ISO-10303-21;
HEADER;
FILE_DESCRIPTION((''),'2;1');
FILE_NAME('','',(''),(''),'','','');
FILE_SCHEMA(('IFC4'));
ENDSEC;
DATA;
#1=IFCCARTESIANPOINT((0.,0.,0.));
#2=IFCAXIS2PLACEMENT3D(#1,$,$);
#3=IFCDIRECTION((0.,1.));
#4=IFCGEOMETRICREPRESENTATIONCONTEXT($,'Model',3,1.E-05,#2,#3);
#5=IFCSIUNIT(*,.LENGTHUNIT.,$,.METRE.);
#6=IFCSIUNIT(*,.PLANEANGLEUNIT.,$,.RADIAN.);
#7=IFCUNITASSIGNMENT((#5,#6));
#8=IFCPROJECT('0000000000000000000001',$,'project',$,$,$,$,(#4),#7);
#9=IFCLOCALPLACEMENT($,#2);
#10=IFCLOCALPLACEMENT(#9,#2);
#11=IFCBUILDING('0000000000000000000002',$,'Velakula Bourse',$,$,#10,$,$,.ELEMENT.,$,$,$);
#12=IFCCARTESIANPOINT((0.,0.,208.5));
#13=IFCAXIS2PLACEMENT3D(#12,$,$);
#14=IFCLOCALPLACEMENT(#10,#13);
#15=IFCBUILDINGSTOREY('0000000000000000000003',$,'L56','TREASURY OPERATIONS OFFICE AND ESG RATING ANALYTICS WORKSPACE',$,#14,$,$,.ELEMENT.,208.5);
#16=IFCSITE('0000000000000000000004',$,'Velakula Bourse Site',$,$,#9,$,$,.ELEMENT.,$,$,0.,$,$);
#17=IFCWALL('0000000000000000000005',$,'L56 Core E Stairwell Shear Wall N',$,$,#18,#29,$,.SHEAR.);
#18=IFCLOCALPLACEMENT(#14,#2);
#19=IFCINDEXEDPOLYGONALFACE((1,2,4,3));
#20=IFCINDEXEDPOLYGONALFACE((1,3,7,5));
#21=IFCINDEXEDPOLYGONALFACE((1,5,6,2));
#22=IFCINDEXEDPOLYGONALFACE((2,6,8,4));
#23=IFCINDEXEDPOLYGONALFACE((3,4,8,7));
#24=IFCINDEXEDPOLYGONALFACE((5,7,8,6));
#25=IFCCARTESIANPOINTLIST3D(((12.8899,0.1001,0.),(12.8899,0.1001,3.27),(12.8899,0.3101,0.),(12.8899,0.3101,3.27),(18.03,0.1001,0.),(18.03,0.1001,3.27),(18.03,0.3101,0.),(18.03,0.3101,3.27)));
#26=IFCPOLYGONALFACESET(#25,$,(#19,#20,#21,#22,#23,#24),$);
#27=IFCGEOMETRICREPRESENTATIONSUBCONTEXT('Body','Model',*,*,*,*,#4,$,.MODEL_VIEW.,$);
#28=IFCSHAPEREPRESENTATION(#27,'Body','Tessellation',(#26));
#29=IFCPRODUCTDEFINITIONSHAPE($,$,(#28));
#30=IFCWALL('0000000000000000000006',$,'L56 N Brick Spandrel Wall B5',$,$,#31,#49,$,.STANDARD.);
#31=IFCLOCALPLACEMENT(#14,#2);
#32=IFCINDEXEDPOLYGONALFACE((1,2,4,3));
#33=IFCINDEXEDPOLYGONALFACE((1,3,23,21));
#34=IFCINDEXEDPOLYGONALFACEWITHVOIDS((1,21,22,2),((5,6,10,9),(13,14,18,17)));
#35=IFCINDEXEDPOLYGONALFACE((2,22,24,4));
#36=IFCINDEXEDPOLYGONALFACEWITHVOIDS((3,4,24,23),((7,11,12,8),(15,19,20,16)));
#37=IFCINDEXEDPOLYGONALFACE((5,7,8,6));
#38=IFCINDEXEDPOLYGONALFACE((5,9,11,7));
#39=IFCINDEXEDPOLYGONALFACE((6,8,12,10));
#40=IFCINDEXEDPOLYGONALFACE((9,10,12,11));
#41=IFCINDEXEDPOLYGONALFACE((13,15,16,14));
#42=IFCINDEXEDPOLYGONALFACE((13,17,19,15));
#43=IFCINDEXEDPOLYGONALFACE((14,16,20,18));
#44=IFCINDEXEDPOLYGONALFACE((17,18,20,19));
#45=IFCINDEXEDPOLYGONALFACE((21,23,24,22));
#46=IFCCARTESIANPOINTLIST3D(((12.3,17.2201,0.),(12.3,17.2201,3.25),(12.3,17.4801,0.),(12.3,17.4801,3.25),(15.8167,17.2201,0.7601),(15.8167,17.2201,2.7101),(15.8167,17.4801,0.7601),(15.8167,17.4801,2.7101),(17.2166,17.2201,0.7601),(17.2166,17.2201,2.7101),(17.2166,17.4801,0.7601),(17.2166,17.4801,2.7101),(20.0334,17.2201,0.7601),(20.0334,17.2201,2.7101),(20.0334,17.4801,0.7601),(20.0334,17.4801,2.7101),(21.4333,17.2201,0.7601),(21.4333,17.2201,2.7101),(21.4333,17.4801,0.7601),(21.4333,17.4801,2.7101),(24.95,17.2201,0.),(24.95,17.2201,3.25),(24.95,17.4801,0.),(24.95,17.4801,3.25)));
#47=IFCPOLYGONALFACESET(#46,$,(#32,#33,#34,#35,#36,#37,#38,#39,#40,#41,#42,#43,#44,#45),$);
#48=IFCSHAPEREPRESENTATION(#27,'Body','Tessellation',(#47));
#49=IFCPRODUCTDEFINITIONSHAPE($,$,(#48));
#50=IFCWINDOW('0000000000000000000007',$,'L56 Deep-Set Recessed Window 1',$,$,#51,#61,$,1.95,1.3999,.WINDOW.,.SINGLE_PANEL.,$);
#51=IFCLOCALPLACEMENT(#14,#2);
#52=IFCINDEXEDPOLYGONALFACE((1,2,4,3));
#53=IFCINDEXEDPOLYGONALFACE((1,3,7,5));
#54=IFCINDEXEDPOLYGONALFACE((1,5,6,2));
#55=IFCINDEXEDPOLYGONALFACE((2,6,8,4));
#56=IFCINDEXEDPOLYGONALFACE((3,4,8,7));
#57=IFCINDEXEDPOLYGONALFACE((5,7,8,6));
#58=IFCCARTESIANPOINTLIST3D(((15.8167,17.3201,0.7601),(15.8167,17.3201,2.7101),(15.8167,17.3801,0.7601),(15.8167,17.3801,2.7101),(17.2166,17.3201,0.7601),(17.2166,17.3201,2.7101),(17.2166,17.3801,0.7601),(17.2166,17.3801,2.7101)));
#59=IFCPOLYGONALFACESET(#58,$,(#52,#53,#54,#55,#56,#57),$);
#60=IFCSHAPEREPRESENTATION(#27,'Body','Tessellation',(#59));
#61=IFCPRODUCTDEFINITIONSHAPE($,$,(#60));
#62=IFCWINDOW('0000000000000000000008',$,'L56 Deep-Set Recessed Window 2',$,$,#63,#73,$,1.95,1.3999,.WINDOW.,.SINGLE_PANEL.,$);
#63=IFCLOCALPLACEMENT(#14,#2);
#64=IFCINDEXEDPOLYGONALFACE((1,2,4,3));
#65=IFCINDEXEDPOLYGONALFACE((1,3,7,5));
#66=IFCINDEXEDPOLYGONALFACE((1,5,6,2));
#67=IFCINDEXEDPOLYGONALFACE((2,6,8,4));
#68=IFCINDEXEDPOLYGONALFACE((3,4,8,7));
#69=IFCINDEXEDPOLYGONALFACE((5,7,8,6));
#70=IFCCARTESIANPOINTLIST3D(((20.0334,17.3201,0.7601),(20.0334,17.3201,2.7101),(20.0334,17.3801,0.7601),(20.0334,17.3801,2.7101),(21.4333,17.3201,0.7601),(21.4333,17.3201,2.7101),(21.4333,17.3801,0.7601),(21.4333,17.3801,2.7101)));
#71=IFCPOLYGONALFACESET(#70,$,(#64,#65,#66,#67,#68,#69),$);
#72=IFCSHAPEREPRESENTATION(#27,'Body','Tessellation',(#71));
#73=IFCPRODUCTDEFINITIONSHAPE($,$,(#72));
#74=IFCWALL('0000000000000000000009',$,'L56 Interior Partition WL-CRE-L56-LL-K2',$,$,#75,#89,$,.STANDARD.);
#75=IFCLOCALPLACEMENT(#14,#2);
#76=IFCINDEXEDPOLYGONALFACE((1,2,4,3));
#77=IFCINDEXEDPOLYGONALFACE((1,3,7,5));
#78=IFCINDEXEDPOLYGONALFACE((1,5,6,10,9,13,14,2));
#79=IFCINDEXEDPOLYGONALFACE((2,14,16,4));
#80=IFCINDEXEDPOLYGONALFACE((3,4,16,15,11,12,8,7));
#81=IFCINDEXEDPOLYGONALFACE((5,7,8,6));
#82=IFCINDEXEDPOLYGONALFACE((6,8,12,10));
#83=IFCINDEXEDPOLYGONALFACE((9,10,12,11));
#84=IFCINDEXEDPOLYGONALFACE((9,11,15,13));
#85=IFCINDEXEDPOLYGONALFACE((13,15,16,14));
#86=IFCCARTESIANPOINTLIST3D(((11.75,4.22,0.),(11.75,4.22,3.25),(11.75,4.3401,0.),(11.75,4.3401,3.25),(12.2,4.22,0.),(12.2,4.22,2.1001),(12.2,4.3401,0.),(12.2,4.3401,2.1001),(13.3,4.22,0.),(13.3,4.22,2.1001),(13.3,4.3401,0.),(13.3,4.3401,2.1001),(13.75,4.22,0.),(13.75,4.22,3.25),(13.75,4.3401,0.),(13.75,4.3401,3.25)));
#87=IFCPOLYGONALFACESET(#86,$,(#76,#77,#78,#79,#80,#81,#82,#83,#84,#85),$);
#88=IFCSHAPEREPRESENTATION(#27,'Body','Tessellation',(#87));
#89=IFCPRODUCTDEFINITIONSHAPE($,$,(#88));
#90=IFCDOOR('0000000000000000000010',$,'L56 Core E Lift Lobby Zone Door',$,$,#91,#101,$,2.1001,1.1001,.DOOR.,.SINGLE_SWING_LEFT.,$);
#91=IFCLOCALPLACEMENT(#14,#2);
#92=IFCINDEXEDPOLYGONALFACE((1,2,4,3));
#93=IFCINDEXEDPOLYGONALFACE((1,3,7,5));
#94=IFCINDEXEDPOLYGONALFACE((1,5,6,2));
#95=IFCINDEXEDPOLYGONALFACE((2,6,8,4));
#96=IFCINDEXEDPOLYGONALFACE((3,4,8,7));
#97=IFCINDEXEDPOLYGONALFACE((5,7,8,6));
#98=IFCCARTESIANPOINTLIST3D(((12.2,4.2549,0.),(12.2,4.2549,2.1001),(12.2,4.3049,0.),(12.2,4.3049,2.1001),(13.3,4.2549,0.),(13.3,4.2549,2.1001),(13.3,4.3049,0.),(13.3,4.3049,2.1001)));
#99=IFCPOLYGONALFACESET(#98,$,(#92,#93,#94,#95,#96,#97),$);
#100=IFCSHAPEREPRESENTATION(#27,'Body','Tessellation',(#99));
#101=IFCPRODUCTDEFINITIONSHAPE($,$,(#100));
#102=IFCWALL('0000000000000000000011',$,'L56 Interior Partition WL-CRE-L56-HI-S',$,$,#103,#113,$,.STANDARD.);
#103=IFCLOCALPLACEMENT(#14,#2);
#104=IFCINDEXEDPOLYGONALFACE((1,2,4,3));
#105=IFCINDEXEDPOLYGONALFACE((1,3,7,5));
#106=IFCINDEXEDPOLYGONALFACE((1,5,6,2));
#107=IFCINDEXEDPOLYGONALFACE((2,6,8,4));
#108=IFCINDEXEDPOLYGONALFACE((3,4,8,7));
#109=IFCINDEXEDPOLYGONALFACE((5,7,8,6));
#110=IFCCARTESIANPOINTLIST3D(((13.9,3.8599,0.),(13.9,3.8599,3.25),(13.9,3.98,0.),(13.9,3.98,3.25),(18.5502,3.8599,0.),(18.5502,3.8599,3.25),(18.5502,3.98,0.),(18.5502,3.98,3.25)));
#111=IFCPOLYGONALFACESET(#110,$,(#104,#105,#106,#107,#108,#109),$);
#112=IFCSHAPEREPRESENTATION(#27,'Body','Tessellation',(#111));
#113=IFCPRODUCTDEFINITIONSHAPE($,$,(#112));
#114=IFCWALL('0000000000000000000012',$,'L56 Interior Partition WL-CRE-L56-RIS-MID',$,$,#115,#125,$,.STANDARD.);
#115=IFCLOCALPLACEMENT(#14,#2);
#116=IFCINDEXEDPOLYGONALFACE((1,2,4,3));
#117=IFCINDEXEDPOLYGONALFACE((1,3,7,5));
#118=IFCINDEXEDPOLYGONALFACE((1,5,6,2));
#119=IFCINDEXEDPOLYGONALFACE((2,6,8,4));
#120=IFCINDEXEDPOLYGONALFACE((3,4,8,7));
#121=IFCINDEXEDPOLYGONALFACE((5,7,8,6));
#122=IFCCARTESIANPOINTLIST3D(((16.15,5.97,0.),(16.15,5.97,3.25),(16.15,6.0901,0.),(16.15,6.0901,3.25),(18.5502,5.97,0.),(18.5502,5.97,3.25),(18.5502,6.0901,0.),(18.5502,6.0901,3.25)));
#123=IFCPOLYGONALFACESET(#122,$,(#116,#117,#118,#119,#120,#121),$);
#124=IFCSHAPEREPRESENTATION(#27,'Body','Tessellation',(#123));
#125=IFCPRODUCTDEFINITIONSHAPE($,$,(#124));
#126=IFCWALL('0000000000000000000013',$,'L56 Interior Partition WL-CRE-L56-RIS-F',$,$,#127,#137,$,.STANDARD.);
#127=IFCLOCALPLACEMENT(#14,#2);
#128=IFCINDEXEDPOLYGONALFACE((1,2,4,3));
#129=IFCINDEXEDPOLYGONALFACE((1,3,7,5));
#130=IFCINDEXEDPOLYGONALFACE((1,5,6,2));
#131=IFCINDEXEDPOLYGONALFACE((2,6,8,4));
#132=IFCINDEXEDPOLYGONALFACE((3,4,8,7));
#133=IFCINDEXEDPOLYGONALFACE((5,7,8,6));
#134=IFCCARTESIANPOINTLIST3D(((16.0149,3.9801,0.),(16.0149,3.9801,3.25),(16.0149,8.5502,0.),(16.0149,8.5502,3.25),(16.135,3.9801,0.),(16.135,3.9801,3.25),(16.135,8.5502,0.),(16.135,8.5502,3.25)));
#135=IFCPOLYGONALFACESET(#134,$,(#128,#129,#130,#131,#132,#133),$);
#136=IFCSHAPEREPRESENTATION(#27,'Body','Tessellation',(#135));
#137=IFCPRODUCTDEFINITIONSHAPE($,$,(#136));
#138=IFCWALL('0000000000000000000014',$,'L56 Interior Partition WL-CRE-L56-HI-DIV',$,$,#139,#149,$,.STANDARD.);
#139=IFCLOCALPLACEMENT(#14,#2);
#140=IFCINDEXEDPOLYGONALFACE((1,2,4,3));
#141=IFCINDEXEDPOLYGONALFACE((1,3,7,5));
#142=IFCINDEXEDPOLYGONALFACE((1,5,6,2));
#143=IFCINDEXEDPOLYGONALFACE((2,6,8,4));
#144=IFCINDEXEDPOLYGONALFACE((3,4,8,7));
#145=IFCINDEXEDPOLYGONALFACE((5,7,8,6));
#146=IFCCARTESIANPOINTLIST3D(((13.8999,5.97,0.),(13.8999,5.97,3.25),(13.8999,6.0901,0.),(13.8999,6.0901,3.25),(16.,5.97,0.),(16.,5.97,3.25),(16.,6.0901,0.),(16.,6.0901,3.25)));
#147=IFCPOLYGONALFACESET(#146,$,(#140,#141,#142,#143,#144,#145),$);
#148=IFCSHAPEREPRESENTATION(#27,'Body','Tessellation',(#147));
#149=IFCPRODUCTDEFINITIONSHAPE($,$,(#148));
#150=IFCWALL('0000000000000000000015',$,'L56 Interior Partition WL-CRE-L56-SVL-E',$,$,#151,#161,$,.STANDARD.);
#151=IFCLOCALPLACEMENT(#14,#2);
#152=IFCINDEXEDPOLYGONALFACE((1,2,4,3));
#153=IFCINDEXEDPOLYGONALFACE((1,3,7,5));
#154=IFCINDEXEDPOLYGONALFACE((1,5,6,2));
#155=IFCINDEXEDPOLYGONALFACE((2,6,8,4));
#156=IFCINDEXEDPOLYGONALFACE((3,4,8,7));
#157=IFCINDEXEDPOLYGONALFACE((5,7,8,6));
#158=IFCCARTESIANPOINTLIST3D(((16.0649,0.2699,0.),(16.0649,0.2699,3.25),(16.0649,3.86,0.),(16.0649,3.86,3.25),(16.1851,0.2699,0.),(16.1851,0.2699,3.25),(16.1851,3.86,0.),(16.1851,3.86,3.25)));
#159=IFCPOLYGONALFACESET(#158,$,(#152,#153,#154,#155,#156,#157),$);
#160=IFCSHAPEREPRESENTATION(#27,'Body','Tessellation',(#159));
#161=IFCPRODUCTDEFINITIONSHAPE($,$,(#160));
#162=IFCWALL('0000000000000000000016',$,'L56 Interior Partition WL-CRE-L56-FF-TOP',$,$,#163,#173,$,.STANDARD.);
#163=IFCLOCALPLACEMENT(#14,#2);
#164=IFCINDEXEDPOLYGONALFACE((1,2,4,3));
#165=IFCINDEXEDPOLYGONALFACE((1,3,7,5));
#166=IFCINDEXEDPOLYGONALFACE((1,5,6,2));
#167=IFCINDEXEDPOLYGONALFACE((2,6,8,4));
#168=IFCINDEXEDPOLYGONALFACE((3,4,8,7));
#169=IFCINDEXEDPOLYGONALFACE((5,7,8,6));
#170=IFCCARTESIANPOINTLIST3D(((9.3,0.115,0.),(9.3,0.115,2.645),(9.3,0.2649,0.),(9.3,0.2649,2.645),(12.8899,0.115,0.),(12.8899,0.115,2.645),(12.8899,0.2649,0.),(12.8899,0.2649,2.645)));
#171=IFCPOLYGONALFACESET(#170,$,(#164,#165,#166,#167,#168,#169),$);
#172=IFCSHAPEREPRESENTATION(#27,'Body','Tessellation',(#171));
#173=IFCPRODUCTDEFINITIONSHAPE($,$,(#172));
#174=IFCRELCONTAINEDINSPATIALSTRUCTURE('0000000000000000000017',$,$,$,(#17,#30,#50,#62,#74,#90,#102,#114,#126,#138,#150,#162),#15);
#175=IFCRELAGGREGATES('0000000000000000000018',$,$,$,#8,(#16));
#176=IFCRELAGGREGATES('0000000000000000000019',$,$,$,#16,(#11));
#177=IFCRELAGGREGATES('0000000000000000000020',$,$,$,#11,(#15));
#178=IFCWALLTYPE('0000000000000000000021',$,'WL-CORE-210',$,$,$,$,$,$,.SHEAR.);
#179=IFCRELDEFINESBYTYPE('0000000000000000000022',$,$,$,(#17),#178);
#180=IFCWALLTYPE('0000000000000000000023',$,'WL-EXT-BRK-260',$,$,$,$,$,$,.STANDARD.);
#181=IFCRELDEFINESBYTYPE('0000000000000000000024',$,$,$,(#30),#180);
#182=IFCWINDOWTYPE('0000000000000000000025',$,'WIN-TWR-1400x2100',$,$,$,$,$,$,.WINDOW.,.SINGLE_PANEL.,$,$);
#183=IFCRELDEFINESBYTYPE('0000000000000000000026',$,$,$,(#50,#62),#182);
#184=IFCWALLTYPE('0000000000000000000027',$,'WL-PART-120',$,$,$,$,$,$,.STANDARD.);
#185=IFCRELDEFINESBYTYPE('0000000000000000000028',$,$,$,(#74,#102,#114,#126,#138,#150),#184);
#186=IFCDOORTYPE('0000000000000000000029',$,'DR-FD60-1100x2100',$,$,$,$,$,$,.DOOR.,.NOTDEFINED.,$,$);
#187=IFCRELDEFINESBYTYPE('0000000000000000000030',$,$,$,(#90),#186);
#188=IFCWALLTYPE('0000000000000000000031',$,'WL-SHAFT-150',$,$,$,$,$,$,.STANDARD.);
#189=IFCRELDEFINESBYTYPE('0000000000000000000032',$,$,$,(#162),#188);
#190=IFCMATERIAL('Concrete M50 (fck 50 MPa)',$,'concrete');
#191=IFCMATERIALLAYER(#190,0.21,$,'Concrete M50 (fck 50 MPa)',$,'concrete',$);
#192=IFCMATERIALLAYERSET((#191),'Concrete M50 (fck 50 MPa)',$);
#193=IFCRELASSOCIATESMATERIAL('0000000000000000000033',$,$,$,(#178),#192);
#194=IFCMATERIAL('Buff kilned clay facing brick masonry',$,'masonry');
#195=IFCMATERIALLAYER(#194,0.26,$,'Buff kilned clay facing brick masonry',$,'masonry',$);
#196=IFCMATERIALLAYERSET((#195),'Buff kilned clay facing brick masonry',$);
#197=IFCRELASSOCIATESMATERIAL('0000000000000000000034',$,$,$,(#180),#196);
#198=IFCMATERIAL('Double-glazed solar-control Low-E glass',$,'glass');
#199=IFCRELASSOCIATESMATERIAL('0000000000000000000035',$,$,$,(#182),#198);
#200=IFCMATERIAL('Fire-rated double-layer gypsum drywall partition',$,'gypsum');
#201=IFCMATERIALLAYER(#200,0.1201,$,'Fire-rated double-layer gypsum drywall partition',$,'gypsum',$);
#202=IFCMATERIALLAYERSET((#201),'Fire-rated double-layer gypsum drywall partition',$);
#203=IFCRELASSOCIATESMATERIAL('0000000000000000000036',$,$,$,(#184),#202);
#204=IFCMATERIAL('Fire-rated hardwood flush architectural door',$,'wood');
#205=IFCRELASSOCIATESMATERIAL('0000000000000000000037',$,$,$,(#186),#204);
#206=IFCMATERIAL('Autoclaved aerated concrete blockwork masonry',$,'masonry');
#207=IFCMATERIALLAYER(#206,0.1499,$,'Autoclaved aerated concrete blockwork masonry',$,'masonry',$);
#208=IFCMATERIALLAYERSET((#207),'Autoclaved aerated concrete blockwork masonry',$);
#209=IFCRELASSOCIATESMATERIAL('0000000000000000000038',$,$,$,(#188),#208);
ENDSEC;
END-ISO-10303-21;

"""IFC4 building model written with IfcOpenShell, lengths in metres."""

from ifc_helpers import new_model, si_unit, direction, frame, frame_2d, origin, place, context, subcontext, project, spatial, rectangle, extrude, material, layer, layer_set, type_object, element, fill, save


model = new_model("IFC4")

# Units and contexts
model_context = context("Model", 3, precision=1e-05, world=origin(), true_north=direction((0.0, 1.0)))
body_context = subcontext(model_context, "Body", "Model", "MODEL_VIEW")
ifc_project = project(units=[si_unit("LENGTHUNIT", "METRE"), si_unit("PLANEANGLEUNIT", "RADIAN")], contexts=[model_context])

# Site, building, storey
site_placement = place(None, origin())
site = spatial("IfcSite", under=ifc_project, at=site_placement, Name="Velakula Bourse Site", CompositionType="ELEMENT", RefElevation=0.0)
building_placement = place(site_placement, origin())
building = spatial("IfcBuilding", under=site, at=building_placement, Name="Velakula Bourse", CompositionType="ELEMENT")
storey_placement = place(building_placement, frame((0.0, 0.0, 208.5)))
storey = spatial("IfcBuildingStorey", under=building, at=storey_placement, Name="L56", Description="TREASURY OPERATIONS OFFICE AND ESG RATING ANALYTICS WORKSPACE", CompositionType="ELEMENT", Elevation=208.5)

# Shared definitions
ifc_material_1 = material(Name="Concrete M50 (fck 50 MPa)", Category="concrete")

# Wall
ifc_layer_1 = layer(ifc_material_1, 0.21, Name="Concrete M50 (fck 50 MPa)", Category="concrete")
ifc_layer_set_1 = layer_set([ifc_layer_1], Name="Concrete M50 (fck 50 MPa)")
wall_type_1 = type_object("IfcWallType", Name="WL-CORE-210", PredefinedType="SHEAR", material=ifc_layer_set_1)
wall_1_placement = place(storey_placement, frame((18.03, 0.2051, 0.0), z_axis=(0.0, 0.0, 1.0), x_axis=(-1.0, 0.0, 0.0)))
element("IfcWall", 1, at=wall_1_placement, inside=storey, type_object=wall_type_1, Name="L56 Core E Stairwell Shear Wall N", PredefinedType="SHEAR", context=body_context, shape_type="SweptSolid", body=[
    extrude(rectangle(XDim=5.1401, YDim=0.21, at=frame_2d((2.5701, 0.0))), origin(), (0.0, 0.0, 1.0), 3.27),
])

# Wall, openings, windows
ifc_material_2 = material(Name="Buff kilned clay facing brick masonry", Category="masonry")
ifc_layer_2 = layer(ifc_material_2, 0.26, Name="Buff kilned clay facing brick masonry", Category="masonry")
ifc_layer_set_2 = layer_set([ifc_layer_2], Name="Buff kilned clay facing brick masonry")
wall_type_2 = type_object("IfcWallType", Name="WL-EXT-BRK-260", PredefinedType="STANDARD", material=ifc_layer_set_2)
wall_2_placement = place(storey_placement, frame((12.3, 17.3501, 0.0), z_axis=(0.0, 0.0, 1.0), x_axis=(1.0, 0.0, 0.0)))
wall_2 = element("IfcWall", 2, at=wall_2_placement, inside=storey, type_object=wall_type_2, Name="L56 N Brick Spandrel Wall B5", PredefinedType="STANDARD", context=body_context, shape_type="SweptSolid", body=[
    extrude(rectangle(XDim=12.6499, YDim=0.26, at=frame_2d((6.325, 0.0))), origin(), (0.0, 0.0, 1.0), 3.25),
])
opening_1_placement = place(wall_2_placement, frame((3.5166, 0.0, 0.76)))
opening_1 = element("IfcOpeningElement", 3, at=opening_1_placement, cuts=wall_2, PredefinedType="OPENING", context=body_context, shape_type="SweptSolid", body=[
    extrude(rectangle(XDim=1.3999, YDim=1.95, at=frame_2d((0.7, 0.9751))), frame((0.0, 0.1399, 0.0), z_axis=(0.0, -1.0, 0.0), x_axis=(1.0, 0.0, 0.0)), (0.0, 0.0, 1.0), 0.28),
])
opening_2_placement = place(wall_2_placement, frame((7.7334, 0.0, 0.76)))
opening_2 = element("IfcOpeningElement", 4, at=opening_2_placement, cuts=wall_2, PredefinedType="OPENING", context=body_context, shape_type="SweptSolid", body=[
    extrude(rectangle(XDim=1.3999, YDim=1.95, at=frame_2d((0.7, 0.9751))), frame((0.0, 0.1399, 0.0), z_axis=(0.0, -1.0, 0.0), x_axis=(1.0, 0.0, 0.0)), (0.0, 0.0, 1.0), 0.28),
])
ifc_material_3 = material(Name="Double-glazed solar-control Low-E glass", Category="glass")
window_type = type_object("IfcWindowType", Name="WIN-TWR-1400x2100", PartitioningType="SINGLE_PANEL", PredefinedType="WINDOW", material=ifc_material_3)
window_1_placement = place(opening_1_placement, origin())
window_1 = element("IfcWindow", 5, at=window_1_placement, inside=storey, type_object=window_type, Name="L56 Deep-Set Recessed Window 1", OverallHeight=1.95, OverallWidth=1.3999, PartitioningType="SINGLE_PANEL", PredefinedType="WINDOW", context=body_context, shape_type="SweptSolid", body=[
    extrude(rectangle(XDim=1.3999, YDim=1.95, at=frame_2d((0.7, 0.9751))), frame((0.0, 0.03, 0.0), z_axis=(0.0, -1.0, 0.0), x_axis=(1.0, 0.0, 0.0)), (0.0, 0.0, 1.0), 0.0601),
])
fill(opening_1, window_1)
window_2_placement = place(opening_2_placement, origin())
window_2 = element("IfcWindow", 6, at=window_2_placement, inside=storey, type_object=window_type, Name="L56 Deep-Set Recessed Window 2", OverallHeight=1.95, OverallWidth=1.3999, PartitioningType="SINGLE_PANEL", PredefinedType="WINDOW", context=body_context, shape_type="SweptSolid", body=[
    extrude(rectangle(XDim=1.3999, YDim=1.95, at=frame_2d((0.7, 0.9751))), frame((0.0, 0.03, 0.0), z_axis=(0.0, -1.0, 0.0), x_axis=(1.0, 0.0, 0.0)), (0.0, 0.0, 1.0), 0.0601),
])
fill(opening_2, window_2)

# Wall, opening, door
ifc_material_4 = material(Name="Fire-rated double-layer gypsum drywall partition", Category="gypsum")
ifc_layer_3 = layer(ifc_material_4, 0.1201, Name="Fire-rated double-layer gypsum drywall partition", Category="gypsum")
ifc_layer_set_3 = layer_set([ifc_layer_3], Name="Fire-rated double-layer gypsum drywall partition")
wall_type_3 = type_object("IfcWallType", Name="WL-PART-120", PredefinedType="STANDARD", material=ifc_layer_set_3)
wall_3_placement = place(storey_placement, frame((11.75, 4.28, 0.0), z_axis=(0.0, 0.0, 1.0), x_axis=(1.0, 0.0, 0.0)))
wall_3 = element("IfcWall", 7, at=wall_3_placement, inside=storey, type_object=wall_type_3, Name="L56 Interior Partition WL-CRE-L56-LL-K2", PredefinedType="STANDARD", context=body_context, shape_type="SweptSolid", body=[
    extrude(rectangle(XDim=2.0, YDim=0.1201, at=frame_2d((1.0, 0.0))), origin(), (0.0, 0.0, 1.0), 3.25),
])
opening_3_placement = place(wall_3_placement, frame((0.45, 0.0, 0.0)))
opening_3 = element("IfcOpeningElement", 8, at=opening_3_placement, cuts=wall_3, PredefinedType="OPENING", context=body_context, shape_type="SweptSolid", body=[
    extrude(rectangle(XDim=1.1001, YDim=2.1001, at=frame_2d((0.55, 1.05))), frame((0.0, 0.0701, 0.0), z_axis=(0.0, -1.0, 0.0), x_axis=(1.0, 0.0, 0.0)), (0.0, 0.0, 1.0), 0.1401),
])
ifc_material_5 = material(Name="Fire-rated hardwood flush architectural door", Category="wood")
door_type_1 = type_object("IfcDoorType", Name="DR-FD60-1100x2100", OperationType="NOTDEFINED", PredefinedType="DOOR", material=ifc_material_5)
door_1_placement = place(opening_3_placement, origin())
door_1 = element("IfcDoor", 9, at=door_1_placement, inside=storey, type_object=door_type_1, Name="L56 Core E Lift Lobby Zone Door", OperationType="SINGLE_SWING_LEFT", OverallHeight=2.1001, OverallWidth=1.1001, PredefinedType="DOOR", context=body_context, shape_type="SweptSolid", body=[
    extrude(rectangle(XDim=1.1001, YDim=2.1001, at=frame_2d((0.55, 1.05))), frame((0.0, 0.0249, 0.0), z_axis=(0.0, -1.0, 0.0), x_axis=(1.0, 0.0, 0.0)), (0.0, 0.0, 1.0), 0.05),
])
fill(opening_3, door_1)

# Walls
wall_4_placement = place(storey_placement, frame((13.8999, 3.9199, 0.0), z_axis=(0.0, 0.0, 1.0), x_axis=(1.0, 0.0, 0.0)))
element("IfcWall", 10, at=wall_4_placement, inside=storey, type_object=wall_type_3, Name="L56 Interior Partition WL-CRE-L56-HI-S", PredefinedType="STANDARD", context=body_context, shape_type="SweptSolid", body=[
    extrude(rectangle(XDim=4.6501, YDim=0.1201, at=frame_2d((2.3252, 0.0))), origin(), (0.0, 0.0, 1.0), 3.25),
])
wall_5_placement = place(storey_placement, frame((16.1499, 6.03, 0.0), z_axis=(0.0, 0.0, 1.0), x_axis=(1.0, 0.0, 0.0)))
element("IfcWall", 11, at=wall_5_placement, inside=storey, type_object=wall_type_3, Name="L56 Interior Partition WL-CRE-L56-RIS-MID", PredefinedType="STANDARD", context=body_context, shape_type="SweptSolid", body=[
    extrude(rectangle(XDim=2.4001, YDim=0.1201, at=frame_2d((1.2002, 0.0))), origin(), (0.0, 0.0, 1.0), 3.25),
])
wall_6_placement = place(storey_placement, frame((16.075, 3.98, 0.0), z_axis=(0.0, 0.0, 1.0), x_axis=(0.0, 1.0, 0.0)))
element("IfcWall", 12, at=wall_6_placement, inside=storey, type_object=wall_type_3, Name="L56 Interior Partition WL-CRE-L56-RIS-F", PredefinedType="STANDARD", context=body_context, shape_type="SweptSolid", body=[
    extrude(rectangle(XDim=4.5701, YDim=0.1201, at=frame_2d((2.2852, 0.0))), origin(), (0.0, 0.0, 1.0), 3.25),
])
wall_7_placement = place(storey_placement, frame((13.8999, 6.03, 0.0), z_axis=(0.0, 0.0, 1.0), x_axis=(1.0, 0.0, 0.0)))
element("IfcWall", 13, at=wall_7_placement, inside=storey, type_object=wall_type_3, Name="L56 Interior Partition WL-CRE-L56-HI-DIV", PredefinedType="STANDARD", context=body_context, shape_type="SweptSolid", body=[
    extrude(rectangle(XDim=2.1001, YDim=0.1201, at=frame_2d((1.05, 0.0))), origin(), (0.0, 0.0, 1.0), 3.25),
])
wall_8_placement = place(storey_placement, frame((16.125, 0.27, 0.0), z_axis=(0.0, 0.0, 1.0), x_axis=(0.0, 1.0, 0.0)))
element("IfcWall", 14, at=wall_8_placement, inside=storey, type_object=wall_type_3, Name="L56 Interior Partition WL-CRE-L56-SVL-E", PredefinedType="STANDARD", context=body_context, shape_type="SweptSolid", body=[
    extrude(rectangle(XDim=3.5901, YDim=0.1201, at=frame_2d((1.7949, 0.0))), origin(), (0.0, 0.0, 1.0), 3.25),
])
ifc_material_6 = material(Name="Autoclaved aerated concrete blockwork masonry", Category="masonry")
ifc_layer_4 = layer(ifc_material_6, 0.1499, Name="Autoclaved aerated concrete blockwork masonry", Category="masonry")
ifc_layer_set_4 = layer_set([ifc_layer_4], Name="Autoclaved aerated concrete blockwork masonry")
wall_type_4 = type_object("IfcWallType", Name="WL-SHAFT-150", PredefinedType="STANDARD", material=ifc_layer_set_4)
wall_9_placement = place(storey_placement, frame((9.3, 0.1899, 0.0), z_axis=(0.0, 0.0, 1.0), x_axis=(1.0, 0.0, 0.0)))
element("IfcWall", 15, at=wall_9_placement, inside=storey, type_object=wall_type_4, Name="L56 Interior Partition WL-CRE-L56-FF-TOP", PredefinedType="STANDARD", context=body_context, shape_type="SweptSolid", body=[
    extrude(rectangle(XDim=3.5898, YDim=0.1499, at=frame_2d((1.7949, 0.0))), origin(), (0.0, 0.0, 1.0), 2.645),
])

save(model, "model.ifc")
